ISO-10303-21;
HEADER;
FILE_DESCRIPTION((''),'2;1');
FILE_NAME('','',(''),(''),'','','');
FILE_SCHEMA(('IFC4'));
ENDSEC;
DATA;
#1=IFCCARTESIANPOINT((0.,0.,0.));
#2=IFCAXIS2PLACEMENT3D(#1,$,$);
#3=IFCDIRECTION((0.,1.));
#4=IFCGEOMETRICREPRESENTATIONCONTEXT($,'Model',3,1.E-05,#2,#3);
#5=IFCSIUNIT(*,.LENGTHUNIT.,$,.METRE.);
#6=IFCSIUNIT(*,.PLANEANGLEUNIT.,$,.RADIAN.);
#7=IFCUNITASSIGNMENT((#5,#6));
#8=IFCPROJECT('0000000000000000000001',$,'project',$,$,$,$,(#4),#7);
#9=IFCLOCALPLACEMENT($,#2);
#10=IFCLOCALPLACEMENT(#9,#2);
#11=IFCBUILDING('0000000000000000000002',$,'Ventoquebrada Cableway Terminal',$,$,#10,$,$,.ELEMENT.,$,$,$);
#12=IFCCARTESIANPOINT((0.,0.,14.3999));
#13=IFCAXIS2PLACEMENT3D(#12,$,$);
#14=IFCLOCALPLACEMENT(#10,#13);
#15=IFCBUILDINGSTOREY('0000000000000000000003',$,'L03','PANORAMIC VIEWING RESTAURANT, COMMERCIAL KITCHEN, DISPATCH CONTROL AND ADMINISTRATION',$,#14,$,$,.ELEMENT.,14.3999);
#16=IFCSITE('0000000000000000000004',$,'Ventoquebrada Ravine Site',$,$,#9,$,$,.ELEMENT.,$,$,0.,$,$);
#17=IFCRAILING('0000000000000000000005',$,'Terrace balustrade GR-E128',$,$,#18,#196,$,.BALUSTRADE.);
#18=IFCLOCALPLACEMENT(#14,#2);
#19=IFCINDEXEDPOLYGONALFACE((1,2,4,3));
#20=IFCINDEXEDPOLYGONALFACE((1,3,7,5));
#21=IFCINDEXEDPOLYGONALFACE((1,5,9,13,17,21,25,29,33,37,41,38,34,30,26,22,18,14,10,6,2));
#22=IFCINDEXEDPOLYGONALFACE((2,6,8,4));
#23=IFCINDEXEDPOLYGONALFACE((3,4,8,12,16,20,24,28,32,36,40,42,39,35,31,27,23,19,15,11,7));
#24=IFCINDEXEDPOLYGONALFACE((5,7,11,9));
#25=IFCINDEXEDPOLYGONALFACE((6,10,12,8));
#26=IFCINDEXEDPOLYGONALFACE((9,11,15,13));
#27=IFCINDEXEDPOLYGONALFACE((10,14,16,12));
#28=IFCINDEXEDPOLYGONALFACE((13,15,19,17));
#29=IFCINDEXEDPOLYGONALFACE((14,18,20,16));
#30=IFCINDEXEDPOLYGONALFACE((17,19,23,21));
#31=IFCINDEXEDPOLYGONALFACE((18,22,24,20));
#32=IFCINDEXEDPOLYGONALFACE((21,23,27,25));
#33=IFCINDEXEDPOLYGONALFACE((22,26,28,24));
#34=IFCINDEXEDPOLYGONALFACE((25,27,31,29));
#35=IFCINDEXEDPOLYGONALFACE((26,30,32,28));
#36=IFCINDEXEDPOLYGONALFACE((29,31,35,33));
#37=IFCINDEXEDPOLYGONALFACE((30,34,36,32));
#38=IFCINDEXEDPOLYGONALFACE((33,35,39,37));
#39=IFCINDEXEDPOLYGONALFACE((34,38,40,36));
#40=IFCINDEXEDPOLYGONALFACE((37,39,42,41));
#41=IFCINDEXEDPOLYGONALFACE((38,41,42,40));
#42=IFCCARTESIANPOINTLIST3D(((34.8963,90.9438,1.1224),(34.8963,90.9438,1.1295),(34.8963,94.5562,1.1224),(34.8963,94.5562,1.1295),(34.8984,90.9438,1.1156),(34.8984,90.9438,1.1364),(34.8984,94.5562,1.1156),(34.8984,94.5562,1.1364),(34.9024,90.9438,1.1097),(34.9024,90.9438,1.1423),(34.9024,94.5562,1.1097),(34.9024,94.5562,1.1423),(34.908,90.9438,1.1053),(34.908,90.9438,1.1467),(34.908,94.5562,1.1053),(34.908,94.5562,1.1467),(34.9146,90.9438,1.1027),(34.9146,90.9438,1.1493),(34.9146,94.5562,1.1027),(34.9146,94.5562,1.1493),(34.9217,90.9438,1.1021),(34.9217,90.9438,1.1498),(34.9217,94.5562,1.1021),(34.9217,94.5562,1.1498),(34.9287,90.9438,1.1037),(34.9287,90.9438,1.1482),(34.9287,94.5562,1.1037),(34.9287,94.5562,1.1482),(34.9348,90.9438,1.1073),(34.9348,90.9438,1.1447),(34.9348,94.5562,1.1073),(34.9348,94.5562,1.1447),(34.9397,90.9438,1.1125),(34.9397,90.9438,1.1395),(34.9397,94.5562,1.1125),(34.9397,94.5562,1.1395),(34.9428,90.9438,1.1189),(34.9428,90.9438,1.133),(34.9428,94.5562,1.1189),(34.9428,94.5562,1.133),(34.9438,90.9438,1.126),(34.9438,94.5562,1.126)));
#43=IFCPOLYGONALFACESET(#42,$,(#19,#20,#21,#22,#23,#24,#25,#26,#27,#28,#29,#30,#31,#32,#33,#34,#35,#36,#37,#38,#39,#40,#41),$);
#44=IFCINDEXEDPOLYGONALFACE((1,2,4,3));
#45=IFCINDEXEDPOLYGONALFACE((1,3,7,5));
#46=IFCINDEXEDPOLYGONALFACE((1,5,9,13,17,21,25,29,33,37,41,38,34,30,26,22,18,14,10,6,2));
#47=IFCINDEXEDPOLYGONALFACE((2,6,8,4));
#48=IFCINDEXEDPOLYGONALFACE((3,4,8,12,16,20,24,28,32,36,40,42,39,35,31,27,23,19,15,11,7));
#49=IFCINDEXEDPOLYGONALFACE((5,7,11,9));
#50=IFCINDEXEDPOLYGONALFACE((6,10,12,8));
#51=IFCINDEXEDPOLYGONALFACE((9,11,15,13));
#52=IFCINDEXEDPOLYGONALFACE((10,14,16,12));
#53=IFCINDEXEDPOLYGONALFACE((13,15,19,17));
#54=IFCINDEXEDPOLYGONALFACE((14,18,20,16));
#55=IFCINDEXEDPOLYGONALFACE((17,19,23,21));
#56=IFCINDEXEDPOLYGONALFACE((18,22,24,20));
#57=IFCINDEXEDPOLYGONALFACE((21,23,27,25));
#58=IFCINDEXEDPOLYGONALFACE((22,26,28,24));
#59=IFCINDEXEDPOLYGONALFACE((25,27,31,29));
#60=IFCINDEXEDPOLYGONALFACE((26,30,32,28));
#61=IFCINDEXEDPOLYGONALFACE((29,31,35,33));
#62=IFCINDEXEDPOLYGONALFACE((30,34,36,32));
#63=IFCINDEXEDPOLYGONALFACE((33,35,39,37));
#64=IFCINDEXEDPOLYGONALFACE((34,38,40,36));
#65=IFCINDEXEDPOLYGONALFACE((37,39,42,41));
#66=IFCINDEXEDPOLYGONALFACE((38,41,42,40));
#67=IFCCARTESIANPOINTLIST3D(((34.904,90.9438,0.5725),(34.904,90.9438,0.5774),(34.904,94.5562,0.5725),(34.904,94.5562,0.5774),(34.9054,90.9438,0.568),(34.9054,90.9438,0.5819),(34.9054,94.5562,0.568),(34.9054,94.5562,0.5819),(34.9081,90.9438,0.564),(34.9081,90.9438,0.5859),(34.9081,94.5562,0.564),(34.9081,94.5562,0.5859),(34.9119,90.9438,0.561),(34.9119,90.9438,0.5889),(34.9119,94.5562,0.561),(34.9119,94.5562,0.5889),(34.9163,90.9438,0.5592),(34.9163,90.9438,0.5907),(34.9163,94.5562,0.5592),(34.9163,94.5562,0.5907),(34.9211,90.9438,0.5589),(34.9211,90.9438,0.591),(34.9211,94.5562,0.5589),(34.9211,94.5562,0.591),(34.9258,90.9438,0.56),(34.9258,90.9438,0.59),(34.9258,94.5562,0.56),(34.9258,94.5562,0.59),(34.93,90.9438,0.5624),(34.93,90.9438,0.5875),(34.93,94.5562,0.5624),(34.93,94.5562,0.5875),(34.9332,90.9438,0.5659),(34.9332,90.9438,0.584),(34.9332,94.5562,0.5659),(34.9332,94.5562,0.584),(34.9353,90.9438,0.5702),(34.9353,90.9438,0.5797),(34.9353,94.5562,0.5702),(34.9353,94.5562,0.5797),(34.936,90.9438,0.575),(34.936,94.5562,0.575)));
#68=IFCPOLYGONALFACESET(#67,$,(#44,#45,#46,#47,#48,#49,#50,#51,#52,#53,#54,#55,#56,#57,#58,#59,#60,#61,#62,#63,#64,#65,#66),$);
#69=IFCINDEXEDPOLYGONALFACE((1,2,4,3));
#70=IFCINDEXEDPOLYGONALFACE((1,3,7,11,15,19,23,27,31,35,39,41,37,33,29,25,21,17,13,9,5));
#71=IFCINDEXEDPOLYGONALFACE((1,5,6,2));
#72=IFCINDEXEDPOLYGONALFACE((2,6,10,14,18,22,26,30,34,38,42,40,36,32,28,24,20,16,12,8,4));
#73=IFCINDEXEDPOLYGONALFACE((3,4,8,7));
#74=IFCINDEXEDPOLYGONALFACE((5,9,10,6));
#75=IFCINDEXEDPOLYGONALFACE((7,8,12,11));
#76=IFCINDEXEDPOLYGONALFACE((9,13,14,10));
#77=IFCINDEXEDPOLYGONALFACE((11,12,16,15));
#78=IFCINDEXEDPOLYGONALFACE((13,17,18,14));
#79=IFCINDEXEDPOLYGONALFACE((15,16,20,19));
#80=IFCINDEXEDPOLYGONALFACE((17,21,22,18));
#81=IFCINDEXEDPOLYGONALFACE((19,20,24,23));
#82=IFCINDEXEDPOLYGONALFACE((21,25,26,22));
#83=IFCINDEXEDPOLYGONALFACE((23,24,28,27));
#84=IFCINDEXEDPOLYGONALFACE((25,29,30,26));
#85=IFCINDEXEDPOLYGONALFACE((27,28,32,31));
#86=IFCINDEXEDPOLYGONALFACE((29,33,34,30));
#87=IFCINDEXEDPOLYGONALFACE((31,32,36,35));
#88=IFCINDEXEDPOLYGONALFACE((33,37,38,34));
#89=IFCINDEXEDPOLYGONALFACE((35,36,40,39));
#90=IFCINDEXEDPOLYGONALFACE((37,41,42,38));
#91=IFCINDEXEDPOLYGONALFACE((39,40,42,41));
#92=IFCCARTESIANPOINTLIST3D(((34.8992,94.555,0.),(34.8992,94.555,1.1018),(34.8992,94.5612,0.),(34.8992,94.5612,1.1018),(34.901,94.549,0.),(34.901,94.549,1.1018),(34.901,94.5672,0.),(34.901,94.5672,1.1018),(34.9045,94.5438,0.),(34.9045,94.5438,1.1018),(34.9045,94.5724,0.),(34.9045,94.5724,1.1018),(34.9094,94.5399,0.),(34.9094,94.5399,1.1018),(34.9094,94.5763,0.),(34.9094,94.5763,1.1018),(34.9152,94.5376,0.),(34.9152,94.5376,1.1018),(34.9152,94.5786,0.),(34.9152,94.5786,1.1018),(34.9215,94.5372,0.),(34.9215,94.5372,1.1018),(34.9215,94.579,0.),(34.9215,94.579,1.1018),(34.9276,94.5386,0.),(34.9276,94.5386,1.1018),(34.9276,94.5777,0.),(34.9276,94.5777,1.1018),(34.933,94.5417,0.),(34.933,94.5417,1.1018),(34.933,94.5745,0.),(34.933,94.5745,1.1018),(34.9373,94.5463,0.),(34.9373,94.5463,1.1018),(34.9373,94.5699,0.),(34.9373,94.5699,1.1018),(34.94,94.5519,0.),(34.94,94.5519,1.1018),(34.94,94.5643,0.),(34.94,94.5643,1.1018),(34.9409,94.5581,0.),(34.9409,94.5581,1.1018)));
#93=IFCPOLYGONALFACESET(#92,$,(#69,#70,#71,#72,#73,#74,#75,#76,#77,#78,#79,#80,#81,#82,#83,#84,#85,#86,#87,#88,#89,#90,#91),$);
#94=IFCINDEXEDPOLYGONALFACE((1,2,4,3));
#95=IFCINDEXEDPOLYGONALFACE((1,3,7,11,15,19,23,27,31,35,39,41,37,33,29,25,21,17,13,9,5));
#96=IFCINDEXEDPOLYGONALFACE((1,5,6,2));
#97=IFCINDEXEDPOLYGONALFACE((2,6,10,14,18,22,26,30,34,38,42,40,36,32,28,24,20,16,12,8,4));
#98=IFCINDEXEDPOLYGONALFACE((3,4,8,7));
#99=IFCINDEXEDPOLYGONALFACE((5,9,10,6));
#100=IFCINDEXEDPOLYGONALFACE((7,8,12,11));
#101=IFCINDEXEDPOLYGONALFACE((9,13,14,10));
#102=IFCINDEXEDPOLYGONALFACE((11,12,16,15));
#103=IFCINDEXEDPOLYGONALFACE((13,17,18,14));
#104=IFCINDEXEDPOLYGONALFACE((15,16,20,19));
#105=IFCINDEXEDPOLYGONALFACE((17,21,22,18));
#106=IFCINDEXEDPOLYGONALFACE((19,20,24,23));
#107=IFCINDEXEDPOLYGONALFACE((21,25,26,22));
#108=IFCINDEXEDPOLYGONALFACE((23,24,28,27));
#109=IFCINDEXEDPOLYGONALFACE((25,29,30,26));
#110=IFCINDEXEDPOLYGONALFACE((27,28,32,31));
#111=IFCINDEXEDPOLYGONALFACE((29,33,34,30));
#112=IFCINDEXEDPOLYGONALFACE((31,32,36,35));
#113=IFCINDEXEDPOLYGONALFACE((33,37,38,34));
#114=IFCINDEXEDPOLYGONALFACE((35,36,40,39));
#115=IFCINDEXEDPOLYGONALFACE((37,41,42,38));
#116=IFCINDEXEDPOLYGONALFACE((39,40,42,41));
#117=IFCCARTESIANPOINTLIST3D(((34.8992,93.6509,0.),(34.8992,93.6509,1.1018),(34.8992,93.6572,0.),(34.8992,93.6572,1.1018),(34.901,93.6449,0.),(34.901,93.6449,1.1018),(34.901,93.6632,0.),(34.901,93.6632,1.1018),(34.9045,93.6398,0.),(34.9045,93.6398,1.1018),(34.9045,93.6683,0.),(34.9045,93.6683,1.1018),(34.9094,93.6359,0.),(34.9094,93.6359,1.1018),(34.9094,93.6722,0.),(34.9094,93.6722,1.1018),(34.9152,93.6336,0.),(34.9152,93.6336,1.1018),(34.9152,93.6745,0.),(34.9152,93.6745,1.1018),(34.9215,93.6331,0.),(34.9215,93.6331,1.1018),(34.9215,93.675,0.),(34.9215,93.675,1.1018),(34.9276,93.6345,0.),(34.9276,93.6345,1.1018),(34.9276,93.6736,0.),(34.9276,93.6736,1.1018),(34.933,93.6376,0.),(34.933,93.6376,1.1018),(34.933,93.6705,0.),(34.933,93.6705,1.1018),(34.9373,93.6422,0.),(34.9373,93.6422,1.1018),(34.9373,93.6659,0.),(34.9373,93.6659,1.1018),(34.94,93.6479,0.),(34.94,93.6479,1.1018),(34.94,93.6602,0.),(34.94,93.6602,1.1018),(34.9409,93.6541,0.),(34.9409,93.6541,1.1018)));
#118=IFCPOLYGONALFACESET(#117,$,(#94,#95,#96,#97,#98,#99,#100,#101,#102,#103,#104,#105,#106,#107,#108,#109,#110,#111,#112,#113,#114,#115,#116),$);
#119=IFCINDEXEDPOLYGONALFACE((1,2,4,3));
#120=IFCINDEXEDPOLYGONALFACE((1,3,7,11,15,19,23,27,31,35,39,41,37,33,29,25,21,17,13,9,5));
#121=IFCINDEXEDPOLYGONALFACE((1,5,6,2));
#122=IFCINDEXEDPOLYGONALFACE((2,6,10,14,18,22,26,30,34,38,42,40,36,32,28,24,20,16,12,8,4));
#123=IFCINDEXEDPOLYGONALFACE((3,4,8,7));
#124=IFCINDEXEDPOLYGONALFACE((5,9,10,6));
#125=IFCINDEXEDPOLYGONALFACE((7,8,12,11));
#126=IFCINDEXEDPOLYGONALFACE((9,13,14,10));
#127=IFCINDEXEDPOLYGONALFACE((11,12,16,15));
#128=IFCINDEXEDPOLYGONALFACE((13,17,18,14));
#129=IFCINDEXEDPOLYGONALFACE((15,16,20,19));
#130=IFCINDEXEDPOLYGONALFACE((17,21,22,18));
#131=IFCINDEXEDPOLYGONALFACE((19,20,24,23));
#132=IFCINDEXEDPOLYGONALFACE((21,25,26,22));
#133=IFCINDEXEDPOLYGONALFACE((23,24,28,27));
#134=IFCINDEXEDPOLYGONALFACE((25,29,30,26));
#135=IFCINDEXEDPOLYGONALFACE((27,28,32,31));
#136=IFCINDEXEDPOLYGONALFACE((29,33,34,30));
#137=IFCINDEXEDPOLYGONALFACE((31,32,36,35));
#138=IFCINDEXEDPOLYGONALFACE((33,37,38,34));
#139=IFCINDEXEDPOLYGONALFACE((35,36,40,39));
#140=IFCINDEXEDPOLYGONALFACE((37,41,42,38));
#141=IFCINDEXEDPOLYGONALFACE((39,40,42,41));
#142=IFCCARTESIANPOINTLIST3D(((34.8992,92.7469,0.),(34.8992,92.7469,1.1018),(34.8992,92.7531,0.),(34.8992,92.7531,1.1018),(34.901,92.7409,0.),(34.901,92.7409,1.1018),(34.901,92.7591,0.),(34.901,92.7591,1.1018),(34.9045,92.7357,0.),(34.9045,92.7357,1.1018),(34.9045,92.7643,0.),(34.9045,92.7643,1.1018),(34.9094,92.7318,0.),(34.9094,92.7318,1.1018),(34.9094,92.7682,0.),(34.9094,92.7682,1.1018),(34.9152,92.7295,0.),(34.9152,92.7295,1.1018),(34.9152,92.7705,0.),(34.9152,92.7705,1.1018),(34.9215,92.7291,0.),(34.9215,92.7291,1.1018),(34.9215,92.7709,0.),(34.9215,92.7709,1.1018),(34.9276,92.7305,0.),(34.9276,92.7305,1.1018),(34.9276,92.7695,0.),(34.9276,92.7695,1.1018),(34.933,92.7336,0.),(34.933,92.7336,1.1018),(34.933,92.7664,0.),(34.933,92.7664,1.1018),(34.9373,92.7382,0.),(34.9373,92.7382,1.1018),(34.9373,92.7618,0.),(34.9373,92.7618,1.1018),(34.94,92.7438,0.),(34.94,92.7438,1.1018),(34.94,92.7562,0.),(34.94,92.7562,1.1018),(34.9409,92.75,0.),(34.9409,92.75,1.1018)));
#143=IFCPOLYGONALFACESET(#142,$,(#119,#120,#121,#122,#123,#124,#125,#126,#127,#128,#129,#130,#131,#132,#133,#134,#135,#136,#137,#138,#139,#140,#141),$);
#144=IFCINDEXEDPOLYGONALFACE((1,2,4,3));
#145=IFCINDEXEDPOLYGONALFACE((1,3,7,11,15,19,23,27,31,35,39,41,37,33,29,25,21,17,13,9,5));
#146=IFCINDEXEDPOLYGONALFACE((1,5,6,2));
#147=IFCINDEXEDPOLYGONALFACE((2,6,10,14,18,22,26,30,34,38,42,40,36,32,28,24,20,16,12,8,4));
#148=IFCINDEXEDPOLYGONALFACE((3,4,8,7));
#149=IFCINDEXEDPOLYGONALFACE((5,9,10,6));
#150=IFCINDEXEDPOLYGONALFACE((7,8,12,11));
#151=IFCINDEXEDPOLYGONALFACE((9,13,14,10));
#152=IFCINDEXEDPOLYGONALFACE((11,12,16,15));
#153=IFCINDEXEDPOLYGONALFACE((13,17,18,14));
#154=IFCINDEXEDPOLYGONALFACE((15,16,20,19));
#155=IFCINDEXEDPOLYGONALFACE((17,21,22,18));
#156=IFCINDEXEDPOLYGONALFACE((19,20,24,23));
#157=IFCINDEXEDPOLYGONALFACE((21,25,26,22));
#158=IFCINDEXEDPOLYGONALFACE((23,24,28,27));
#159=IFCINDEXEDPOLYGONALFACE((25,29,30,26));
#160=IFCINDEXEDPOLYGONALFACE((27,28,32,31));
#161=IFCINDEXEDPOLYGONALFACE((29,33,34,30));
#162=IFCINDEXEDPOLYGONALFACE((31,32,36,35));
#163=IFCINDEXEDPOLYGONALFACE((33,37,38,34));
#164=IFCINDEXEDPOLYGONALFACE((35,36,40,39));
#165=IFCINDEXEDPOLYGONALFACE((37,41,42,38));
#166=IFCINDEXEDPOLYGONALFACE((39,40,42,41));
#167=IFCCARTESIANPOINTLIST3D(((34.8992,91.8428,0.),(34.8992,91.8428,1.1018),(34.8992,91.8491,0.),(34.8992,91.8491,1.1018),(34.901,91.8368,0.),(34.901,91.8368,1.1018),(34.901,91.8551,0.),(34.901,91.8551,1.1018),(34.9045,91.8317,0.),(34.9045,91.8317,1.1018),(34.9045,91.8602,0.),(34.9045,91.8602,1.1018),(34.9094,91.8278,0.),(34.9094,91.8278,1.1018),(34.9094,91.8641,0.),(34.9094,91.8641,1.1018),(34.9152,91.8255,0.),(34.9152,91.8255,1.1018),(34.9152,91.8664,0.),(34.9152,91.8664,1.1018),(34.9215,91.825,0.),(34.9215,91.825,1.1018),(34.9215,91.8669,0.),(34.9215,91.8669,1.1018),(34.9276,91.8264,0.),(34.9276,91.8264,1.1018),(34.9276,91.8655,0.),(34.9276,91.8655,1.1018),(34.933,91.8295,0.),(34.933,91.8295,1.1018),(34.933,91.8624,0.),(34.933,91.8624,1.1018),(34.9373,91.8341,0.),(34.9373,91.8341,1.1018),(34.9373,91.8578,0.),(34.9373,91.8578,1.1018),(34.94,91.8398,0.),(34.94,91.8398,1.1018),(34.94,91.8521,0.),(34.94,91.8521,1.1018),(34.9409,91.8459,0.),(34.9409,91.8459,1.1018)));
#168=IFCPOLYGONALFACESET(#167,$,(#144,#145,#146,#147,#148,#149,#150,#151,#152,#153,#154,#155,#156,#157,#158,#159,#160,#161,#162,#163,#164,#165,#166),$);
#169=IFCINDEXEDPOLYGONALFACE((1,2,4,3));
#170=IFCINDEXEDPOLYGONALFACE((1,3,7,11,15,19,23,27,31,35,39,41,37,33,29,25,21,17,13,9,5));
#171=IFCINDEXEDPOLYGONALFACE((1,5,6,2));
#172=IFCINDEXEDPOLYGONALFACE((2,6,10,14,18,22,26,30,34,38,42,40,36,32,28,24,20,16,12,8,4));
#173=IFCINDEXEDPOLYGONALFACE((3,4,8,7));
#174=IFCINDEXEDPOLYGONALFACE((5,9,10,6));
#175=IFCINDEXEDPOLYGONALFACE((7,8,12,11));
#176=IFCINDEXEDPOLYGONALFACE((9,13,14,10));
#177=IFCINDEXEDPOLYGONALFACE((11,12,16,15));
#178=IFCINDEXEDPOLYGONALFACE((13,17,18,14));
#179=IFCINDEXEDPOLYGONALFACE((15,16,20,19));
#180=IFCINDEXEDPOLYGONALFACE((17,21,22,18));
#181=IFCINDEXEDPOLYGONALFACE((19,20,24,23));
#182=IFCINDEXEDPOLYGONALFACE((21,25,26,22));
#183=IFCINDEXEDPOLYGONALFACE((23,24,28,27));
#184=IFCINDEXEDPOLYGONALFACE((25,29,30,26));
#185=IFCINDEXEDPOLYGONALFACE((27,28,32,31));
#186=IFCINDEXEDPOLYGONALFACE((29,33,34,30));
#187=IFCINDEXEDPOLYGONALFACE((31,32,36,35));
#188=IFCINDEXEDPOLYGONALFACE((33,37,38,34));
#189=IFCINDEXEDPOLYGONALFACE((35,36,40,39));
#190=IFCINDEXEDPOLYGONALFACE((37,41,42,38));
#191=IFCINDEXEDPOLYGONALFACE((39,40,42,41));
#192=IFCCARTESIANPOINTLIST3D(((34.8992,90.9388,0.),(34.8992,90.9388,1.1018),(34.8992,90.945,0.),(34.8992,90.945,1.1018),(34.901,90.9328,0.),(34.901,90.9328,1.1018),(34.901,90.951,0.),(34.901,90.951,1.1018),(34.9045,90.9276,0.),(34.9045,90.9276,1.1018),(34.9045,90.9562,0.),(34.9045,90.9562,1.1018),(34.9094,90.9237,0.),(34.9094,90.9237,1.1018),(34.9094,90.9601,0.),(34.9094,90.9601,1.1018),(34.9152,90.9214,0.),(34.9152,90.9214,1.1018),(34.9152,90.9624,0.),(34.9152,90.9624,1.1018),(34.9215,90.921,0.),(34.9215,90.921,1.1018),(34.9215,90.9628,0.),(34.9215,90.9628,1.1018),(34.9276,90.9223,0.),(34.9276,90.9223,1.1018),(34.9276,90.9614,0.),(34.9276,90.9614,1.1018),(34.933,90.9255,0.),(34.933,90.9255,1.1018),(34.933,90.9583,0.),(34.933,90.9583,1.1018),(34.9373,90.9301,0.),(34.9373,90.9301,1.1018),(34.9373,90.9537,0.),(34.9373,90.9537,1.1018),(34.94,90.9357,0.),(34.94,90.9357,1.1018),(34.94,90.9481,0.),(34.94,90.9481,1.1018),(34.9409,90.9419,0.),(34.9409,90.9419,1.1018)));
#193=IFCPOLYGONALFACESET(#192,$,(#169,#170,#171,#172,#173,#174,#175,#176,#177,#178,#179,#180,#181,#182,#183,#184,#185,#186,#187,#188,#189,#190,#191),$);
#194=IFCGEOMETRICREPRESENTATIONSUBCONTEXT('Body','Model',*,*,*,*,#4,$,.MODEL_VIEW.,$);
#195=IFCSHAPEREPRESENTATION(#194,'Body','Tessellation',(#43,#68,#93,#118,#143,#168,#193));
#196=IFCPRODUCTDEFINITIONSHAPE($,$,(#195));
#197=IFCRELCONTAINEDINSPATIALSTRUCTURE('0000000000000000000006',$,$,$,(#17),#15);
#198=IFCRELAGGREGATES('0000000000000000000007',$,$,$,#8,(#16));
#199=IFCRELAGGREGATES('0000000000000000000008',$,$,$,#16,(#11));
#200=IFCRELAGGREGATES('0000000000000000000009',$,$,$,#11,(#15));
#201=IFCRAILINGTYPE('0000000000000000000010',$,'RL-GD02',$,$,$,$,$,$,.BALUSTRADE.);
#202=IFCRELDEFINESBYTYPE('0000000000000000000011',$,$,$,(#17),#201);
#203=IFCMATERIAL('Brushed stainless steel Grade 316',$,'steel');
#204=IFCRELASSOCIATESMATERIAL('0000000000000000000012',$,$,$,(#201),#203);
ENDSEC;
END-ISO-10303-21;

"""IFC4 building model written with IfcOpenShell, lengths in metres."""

from ifc_helpers import new_model, si_unit, direction, frame, origin, origin_2d, place, context, subcontext, project, spatial, circle, extrude, material, type_object, element, save


model = new_model("IFC4")

# Units and contexts
model_context = context("Model", 3, precision=1e-05, world=origin(), true_north=direction((0.0, 1.0)))
body_context = subcontext(model_context, "Body", "Model", "MODEL_VIEW")
ifc_project = project(units=[si_unit("LENGTHUNIT", "METRE"), si_unit("PLANEANGLEUNIT", "RADIAN")], contexts=[model_context])

# Site, building, storey
site_placement = place(None, origin())
site = spatial("IfcSite", under=ifc_project, at=site_placement, Name="Ventoquebrada Ravine Site", CompositionType="ELEMENT", RefElevation=0.0)
building_placement = place(site_placement, origin())
building = spatial("IfcBuilding", under=site, at=building_placement, Name="Ventoquebrada Cableway Terminal", CompositionType="ELEMENT")
storey_placement = place(building_placement, frame((0.0, 0.0, 14.3999)))
storey = spatial("IfcBuildingStorey", under=building, at=storey_placement, Name="L03", Description="PANORAMIC VIEWING RESTAURANT, COMMERCIAL KITCHEN, DISPATCH CONTROL AND ADMINISTRATION", CompositionType="ELEMENT", Elevation=14.3999)

# Railing
ifc_material_1 = material(Name="Brushed stainless steel Grade 316", Category="steel")
railing_type = type_object("IfcRailingType", Name="RL-GD02", PredefinedType="BALUSTRADE", material=ifc_material_1)
for number, where, name in (
    (1, (34.9199, 94.5581, 0.0), "Terrace balustrade GR-E128"),
):
    element("IfcRailing", number, at=place(storey_placement, frame(where)), inside=storey, type_object=railing_type, Name=name, PredefinedType="BALUSTRADE", context=body_context, shape_type="SweptSolid", body=[
        extrude(circle(Radius=0.0239, at=origin_2d()), frame((0.0, -0.002, 1.126), z_axis=(0.0, -1.0, 0.0), x_axis=(1.0, 0.0, 0.0)), (0.0, 0.0, 1.0), 3.6123),
        extrude(circle(Radius=0.0161, at=origin_2d()), frame((0.0, -0.002, 0.575), z_axis=(0.0, -1.0, 0.0), x_axis=(1.0, 0.0, 0.0)), (0.0, 0.0, 1.0), 3.6123),
        extrude(circle(Radius=0.021, at=origin_2d()), origin(), (0.0, 0.0, 1.0), 1.1018),
        extrude(circle(Radius=0.021, at=origin_2d()), frame((0.0, -0.9041, 0.0)), (0.0, 0.0, 1.0), 1.1018),
        extrude(circle(Radius=0.021, at=origin_2d()), frame((0.0, -1.8081, 0.0)), (0.0, 0.0, 1.0), 1.1018),
        extrude(circle(Radius=0.021, at=origin_2d()), frame((0.0, -2.7122, 0.0)), (0.0, 0.0, 1.0), 1.1018),
        extrude(circle(Radius=0.021, at=origin_2d()), frame((0.0, -3.6162, 0.0)), (0.0, 0.0, 1.0), 1.1018),
    ])

save(model, "model.ifc")
